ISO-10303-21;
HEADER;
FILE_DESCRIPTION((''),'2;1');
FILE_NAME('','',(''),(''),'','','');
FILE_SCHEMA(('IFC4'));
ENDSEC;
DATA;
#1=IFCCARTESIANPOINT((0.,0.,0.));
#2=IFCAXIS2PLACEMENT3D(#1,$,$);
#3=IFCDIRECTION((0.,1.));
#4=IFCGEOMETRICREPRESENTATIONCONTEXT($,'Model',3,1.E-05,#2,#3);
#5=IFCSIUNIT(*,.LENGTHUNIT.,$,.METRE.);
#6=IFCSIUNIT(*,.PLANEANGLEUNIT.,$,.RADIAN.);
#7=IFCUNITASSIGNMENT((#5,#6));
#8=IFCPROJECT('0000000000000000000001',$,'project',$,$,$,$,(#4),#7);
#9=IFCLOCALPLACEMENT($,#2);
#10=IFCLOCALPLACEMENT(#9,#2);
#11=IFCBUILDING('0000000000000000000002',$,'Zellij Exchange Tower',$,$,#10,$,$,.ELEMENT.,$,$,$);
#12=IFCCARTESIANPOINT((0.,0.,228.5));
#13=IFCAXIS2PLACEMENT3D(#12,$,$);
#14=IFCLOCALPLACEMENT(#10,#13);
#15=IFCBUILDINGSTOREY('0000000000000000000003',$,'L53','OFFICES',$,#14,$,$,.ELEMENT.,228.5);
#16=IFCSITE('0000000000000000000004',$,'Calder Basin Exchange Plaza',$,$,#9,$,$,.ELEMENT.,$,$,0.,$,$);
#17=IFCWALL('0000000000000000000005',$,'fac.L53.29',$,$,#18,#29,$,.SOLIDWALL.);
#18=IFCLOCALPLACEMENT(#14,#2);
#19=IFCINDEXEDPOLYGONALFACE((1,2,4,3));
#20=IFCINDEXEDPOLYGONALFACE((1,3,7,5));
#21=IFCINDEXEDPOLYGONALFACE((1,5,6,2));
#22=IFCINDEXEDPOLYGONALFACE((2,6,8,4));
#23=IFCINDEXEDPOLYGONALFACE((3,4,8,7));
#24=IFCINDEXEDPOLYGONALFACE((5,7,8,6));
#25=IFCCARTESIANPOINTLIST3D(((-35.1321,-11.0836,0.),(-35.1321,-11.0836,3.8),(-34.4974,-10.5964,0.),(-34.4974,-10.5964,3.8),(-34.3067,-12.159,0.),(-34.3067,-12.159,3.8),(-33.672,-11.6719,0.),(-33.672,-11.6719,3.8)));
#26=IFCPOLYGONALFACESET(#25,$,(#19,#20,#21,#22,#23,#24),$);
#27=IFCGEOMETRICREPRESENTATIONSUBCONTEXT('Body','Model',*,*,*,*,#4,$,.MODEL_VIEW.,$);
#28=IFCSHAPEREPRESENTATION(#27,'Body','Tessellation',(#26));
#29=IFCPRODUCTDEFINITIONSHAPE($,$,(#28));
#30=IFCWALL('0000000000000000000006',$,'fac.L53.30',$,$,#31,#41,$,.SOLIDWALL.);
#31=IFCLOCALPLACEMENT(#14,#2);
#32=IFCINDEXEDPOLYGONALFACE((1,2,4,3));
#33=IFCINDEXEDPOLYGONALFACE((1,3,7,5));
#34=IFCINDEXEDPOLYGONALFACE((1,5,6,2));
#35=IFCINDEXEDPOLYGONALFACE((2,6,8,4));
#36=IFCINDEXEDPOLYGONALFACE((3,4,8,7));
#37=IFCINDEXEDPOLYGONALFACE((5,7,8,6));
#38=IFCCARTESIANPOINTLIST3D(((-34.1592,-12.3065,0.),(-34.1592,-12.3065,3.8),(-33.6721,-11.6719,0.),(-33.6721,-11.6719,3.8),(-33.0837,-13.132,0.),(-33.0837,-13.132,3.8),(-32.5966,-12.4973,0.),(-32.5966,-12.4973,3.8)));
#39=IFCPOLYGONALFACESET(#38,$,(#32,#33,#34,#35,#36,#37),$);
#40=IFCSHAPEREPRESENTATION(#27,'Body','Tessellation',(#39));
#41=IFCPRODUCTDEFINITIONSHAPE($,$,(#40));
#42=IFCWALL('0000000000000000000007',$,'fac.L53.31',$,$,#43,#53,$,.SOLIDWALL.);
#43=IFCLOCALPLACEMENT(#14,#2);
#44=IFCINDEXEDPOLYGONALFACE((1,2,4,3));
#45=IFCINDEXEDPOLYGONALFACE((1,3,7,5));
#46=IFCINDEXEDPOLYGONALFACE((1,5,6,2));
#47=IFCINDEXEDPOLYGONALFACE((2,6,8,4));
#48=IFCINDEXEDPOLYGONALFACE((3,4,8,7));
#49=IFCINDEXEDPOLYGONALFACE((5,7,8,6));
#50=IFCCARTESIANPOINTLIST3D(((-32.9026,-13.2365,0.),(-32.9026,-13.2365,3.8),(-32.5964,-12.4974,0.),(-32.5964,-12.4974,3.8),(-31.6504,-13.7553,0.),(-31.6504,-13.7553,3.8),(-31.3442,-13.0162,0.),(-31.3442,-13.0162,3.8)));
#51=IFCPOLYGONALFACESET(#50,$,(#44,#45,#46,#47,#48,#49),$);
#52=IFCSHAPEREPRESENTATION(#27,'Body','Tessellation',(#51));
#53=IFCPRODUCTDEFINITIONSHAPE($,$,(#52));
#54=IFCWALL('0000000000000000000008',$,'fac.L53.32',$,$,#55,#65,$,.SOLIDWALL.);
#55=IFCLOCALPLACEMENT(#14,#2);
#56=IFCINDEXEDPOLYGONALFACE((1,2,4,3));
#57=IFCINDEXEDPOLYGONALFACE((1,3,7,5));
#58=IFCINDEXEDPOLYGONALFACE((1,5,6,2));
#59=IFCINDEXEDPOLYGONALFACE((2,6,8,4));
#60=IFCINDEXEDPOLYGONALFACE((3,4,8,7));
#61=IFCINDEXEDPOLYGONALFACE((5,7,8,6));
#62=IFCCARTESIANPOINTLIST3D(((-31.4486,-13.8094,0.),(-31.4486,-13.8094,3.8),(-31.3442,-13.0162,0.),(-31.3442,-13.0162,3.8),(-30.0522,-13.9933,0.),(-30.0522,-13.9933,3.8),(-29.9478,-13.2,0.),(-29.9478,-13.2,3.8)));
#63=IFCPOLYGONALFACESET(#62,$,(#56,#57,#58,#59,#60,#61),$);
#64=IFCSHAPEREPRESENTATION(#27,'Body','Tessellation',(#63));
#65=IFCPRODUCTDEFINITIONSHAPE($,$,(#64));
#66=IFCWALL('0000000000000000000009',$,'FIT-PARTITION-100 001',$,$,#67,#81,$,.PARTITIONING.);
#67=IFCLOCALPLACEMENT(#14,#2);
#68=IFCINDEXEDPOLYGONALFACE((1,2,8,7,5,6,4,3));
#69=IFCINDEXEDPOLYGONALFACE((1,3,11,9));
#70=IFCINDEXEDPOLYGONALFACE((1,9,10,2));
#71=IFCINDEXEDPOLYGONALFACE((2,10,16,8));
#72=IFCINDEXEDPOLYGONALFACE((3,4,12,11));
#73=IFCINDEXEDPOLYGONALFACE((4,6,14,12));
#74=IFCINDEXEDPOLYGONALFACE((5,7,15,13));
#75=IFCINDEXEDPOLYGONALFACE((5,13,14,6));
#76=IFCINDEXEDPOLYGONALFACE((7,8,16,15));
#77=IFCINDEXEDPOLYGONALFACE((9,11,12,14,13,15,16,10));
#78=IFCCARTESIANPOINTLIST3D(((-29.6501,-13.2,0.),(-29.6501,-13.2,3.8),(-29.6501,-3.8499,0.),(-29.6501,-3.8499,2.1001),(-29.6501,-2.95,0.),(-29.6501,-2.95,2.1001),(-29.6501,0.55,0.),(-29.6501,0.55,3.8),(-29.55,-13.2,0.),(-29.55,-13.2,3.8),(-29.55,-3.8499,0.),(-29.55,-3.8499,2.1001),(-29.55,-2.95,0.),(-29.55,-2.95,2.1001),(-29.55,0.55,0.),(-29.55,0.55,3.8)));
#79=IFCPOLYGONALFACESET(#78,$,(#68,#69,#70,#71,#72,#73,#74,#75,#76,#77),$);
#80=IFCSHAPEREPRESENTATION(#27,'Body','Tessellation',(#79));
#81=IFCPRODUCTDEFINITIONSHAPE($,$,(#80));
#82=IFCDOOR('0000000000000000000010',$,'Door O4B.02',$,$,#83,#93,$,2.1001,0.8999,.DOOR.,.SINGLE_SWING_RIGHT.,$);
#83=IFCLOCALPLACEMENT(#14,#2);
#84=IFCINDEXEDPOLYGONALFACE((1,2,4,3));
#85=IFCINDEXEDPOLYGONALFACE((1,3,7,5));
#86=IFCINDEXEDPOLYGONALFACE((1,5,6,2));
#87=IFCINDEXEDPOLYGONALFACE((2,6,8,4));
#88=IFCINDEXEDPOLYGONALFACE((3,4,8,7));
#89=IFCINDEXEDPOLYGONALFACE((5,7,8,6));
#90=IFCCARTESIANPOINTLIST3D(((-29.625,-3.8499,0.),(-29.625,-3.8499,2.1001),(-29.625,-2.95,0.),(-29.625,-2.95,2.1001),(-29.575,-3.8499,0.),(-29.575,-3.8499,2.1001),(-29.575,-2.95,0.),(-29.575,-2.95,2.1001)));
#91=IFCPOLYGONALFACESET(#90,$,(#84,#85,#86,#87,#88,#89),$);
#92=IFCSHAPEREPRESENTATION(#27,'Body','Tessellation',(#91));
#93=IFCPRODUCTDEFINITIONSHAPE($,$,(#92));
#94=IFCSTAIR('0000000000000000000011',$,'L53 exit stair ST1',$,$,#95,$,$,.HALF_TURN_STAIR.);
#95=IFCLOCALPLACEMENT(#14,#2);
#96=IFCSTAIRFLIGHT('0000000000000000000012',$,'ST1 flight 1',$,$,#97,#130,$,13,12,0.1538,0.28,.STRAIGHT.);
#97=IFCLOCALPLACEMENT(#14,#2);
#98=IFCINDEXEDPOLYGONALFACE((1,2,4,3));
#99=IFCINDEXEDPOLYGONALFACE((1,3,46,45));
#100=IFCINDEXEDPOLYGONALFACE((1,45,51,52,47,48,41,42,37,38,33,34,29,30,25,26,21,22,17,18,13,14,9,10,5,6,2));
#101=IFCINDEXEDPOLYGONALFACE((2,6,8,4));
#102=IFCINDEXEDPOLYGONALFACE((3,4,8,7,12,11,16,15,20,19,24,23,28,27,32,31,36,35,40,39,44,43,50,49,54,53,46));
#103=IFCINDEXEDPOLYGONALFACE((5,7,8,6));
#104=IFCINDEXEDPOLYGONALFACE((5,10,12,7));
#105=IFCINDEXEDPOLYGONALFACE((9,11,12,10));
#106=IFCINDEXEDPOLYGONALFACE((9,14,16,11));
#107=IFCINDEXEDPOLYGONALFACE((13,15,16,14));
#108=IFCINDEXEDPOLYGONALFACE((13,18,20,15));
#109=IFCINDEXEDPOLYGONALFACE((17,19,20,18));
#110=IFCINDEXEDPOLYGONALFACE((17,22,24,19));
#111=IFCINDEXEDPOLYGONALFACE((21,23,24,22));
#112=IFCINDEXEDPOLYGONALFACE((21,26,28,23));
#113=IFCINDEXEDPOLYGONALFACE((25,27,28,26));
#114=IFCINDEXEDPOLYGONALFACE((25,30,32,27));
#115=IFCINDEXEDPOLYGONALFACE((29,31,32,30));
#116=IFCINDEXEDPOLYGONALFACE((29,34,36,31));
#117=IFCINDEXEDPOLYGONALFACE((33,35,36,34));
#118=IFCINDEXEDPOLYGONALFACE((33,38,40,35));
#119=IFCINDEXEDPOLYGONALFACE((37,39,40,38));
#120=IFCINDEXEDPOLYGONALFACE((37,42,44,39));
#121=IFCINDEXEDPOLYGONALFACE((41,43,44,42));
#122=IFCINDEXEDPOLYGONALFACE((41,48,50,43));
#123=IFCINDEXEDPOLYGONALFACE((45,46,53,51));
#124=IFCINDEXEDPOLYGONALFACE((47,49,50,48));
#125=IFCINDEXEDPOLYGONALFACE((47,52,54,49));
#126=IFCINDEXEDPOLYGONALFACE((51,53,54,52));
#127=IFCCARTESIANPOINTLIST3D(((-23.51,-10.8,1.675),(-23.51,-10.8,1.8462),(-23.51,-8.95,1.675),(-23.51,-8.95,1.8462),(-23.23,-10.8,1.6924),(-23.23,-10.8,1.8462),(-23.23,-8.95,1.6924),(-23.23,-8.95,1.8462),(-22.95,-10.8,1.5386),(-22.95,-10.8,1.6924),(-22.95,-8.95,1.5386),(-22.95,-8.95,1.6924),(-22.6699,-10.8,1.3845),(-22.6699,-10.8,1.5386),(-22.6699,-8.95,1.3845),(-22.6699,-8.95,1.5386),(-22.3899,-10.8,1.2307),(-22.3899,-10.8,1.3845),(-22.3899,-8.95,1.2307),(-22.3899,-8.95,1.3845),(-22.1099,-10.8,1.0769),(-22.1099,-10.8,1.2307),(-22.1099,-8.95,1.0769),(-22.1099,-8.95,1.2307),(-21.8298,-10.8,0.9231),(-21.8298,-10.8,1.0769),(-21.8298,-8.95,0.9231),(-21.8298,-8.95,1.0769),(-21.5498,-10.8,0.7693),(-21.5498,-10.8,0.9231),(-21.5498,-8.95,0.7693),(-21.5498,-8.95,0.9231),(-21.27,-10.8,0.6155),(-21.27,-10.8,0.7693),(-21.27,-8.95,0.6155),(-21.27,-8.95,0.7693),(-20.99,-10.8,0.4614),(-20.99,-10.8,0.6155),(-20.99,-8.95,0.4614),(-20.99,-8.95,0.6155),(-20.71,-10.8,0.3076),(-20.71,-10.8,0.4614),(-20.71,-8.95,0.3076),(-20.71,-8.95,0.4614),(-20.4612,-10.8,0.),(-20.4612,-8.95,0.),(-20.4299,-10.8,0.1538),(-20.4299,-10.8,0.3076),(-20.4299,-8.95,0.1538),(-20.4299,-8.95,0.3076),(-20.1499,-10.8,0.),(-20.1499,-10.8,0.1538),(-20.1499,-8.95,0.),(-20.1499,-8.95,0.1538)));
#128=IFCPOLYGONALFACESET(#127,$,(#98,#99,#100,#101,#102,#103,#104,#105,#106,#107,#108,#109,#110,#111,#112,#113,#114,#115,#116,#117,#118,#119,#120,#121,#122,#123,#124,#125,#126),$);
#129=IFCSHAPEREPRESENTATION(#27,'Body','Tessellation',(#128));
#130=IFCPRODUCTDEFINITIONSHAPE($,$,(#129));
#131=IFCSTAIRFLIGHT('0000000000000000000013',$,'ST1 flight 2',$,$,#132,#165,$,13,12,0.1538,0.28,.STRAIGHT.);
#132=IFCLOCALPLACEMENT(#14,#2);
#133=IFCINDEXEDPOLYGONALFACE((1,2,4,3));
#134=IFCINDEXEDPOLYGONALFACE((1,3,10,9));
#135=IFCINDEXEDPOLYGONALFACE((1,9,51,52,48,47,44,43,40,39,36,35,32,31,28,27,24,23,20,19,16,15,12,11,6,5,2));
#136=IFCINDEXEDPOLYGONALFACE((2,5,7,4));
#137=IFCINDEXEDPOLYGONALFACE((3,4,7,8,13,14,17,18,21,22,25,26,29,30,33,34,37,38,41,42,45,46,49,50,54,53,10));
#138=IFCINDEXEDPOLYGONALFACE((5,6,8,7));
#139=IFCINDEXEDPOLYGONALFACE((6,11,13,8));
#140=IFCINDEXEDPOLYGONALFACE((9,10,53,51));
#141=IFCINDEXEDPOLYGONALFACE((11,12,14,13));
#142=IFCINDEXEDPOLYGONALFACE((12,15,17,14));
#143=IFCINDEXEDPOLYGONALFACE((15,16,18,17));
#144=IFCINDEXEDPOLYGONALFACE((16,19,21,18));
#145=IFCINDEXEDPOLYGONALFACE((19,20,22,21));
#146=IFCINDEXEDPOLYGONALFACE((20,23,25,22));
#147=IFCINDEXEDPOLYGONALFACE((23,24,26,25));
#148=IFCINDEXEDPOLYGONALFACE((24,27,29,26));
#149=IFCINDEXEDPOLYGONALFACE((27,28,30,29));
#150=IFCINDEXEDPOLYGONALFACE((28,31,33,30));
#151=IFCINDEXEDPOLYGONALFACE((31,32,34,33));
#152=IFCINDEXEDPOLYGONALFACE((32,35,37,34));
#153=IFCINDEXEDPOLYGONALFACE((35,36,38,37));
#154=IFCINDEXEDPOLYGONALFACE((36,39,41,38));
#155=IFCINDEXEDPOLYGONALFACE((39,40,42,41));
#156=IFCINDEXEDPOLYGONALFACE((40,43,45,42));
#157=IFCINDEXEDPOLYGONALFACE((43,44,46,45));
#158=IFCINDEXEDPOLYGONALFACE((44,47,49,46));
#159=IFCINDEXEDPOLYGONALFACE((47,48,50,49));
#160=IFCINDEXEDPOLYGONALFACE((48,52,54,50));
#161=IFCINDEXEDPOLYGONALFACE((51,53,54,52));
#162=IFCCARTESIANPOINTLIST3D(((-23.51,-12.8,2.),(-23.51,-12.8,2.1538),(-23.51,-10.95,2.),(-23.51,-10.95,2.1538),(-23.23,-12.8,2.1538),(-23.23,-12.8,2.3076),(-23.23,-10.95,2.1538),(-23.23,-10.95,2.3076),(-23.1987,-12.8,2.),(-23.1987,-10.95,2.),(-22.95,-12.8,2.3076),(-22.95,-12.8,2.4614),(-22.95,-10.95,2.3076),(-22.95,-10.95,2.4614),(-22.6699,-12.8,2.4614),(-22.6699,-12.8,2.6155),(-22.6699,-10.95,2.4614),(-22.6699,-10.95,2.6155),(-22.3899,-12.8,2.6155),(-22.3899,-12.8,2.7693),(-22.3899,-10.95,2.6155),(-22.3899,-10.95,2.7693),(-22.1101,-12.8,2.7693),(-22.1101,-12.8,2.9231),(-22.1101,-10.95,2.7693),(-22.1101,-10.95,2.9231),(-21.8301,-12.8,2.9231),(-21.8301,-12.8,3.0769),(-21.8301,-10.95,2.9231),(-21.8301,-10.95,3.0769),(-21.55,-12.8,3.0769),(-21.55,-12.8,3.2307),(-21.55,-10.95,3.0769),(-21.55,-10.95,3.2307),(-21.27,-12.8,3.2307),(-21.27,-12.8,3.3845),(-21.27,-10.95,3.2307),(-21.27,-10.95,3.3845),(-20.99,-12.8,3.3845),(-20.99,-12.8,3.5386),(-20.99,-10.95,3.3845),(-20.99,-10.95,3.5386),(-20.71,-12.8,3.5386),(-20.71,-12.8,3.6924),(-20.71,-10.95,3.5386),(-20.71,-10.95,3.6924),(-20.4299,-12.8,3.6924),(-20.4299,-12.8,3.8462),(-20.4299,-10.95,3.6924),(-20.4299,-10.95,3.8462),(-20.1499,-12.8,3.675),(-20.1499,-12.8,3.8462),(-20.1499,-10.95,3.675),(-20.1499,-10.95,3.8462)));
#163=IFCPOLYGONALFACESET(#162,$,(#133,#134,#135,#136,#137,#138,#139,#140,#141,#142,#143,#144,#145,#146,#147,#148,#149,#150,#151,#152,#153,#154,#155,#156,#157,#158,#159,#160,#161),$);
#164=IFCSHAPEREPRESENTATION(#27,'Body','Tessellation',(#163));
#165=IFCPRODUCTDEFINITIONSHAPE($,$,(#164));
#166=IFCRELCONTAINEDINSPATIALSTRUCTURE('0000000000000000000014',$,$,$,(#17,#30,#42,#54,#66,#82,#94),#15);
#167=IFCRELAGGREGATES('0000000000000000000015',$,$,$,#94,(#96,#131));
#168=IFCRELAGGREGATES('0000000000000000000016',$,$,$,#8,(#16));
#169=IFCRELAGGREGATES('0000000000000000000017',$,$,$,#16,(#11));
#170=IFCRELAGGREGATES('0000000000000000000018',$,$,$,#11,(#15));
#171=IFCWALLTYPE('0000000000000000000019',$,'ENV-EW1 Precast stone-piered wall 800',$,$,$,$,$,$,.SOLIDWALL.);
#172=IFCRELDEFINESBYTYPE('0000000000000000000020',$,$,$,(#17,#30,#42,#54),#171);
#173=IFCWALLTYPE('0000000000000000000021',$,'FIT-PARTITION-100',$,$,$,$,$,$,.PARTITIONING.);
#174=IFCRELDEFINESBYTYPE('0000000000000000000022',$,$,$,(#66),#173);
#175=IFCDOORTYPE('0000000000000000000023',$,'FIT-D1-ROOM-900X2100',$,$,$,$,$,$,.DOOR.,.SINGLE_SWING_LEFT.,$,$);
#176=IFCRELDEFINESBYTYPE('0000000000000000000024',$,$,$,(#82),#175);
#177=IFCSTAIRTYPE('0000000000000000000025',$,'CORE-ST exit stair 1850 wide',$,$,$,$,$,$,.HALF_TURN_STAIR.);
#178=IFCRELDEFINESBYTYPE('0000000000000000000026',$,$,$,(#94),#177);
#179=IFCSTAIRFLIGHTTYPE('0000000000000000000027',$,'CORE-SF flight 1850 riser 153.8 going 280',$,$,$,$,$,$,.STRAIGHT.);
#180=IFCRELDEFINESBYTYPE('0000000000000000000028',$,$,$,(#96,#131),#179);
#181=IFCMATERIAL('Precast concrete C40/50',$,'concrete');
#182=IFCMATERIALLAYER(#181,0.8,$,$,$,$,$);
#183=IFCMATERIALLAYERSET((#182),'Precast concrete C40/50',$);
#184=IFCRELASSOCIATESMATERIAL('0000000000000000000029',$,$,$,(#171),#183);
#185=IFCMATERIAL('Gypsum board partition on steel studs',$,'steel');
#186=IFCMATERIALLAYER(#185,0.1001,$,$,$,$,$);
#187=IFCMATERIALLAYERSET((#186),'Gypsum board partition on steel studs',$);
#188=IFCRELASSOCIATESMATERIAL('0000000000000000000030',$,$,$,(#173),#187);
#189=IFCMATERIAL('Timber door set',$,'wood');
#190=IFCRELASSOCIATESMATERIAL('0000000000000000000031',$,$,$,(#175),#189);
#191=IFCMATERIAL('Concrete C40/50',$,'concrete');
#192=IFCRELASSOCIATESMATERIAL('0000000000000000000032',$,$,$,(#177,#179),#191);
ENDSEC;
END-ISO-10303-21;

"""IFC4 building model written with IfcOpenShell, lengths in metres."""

from ifc_helpers import new_model, si_unit, direction, frame, frame_2d, origin, place, context, subcontext, project, spatial, polyline, rectangle, outline, extrude, material, layer, layer_set, type_object, element, fill, aggregate, save


model = new_model("IFC4")

# Units and contexts
model_context = context("Model", 3, precision=1e-05, world=origin(), true_north=direction((0.0, 1.0)))
body_context = subcontext(model_context, "Body", "Model", "MODEL_VIEW")
ifc_project = project(units=[si_unit("LENGTHUNIT", "METRE"), si_unit("PLANEANGLEUNIT", "RADIAN")], contexts=[model_context])

# Site, building, storey
site_placement = place(None, origin())
site = spatial("IfcSite", under=ifc_project, at=site_placement, Name="Calder Basin Exchange Plaza", CompositionType="ELEMENT", RefElevation=0.0)
building_placement = place(site_placement, origin())
building = spatial("IfcBuilding", under=site, at=building_placement, Name="Zellij Exchange Tower", CompositionType="ELEMENT")
storey_placement = place(building_placement, frame((0.0, 0.0, 228.5)))
storey = spatial("IfcBuildingStorey", under=building, at=storey_placement, Name="L53", Description="OFFICES", CompositionType="ELEMENT", Elevation=228.5)

# Walls
ifc_material_1 = material(Name="Precast concrete C40/50", Category="concrete")
ifc_layer_1 = layer(ifc_material_1, 0.8)
ifc_layer_set_1 = layer_set([ifc_layer_1], Name="Precast concrete C40/50")
wall_type_1 = type_object("IfcWallType", Name="ENV-EW1 Precast stone-piered wall 800", PredefinedType="SOLIDWALL", material=ifc_layer_set_1)
for number, where, z_axis, x_axis, name in (
    (1, (-34.8147, -10.8401, 0.0), (0.0, 0.0, 1.0), (0.608866, -0.793273, 0.0), "fac.L53.29"),
    (2, (-33.9155, -11.9893, 0.0), (0.0, 0.0, 1.0), (0.793273, -0.608866, 0.0), "fac.L53.30"),
):
    element("IfcWall", number, at=place(storey_placement, frame(where, z_axis=z_axis, x_axis=x_axis)), inside=storey, type_object=wall_type_1, Name=name, PredefinedType="SOLIDWALL", context=body_context, shape_type="SweptSolid", body=[
        extrude(rectangle(XDim=1.3557, YDim=0.8, at=frame_2d((0.6777, 0.0))), origin(), (0.0, 0.0, 1.0), 3.8),
    ])
wall_1_placement = place(storey_placement, frame((-32.7495, -12.8669, 0.0), z_axis=(0.0, 0.0, 1.0), x_axis=(0.923848, -0.38276, 0.0)))
element("IfcWall", 3, at=wall_1_placement, inside=storey, type_object=wall_type_1, Name="fac.L53.31", PredefinedType="SOLIDWALL", context=body_context, shape_type="SweptSolid", body=[
    extrude(rectangle(XDim=1.3555, YDim=0.8, at=frame_2d((0.6777, 0.0))), origin(), (0.0, 0.0, 1.0), 3.8),
])
wall_2_placement = place(storey_placement, frame((-31.3962, -13.4128, 0.0), z_axis=(0.0, 0.0, 1.0), x_axis=(0.991446, -0.130517, 0.0)))
element("IfcWall", 4, at=wall_2_placement, inside=storey, type_object=wall_type_1, Name="fac.L53.32", PredefinedType="SOLIDWALL", context=body_context, shape_type="SweptSolid", body=[
    extrude(rectangle(XDim=1.4084, YDim=0.8, at=frame_2d((0.7041, 0.0))), origin(), (0.0, 0.0, 1.0), 3.8),
])

# Wall, opening, door
ifc_material_2 = material(Name="Gypsum board partition on steel studs", Category="steel")
ifc_layer_2 = layer(ifc_material_2, 0.1001)
ifc_layer_set_2 = layer_set([ifc_layer_2], Name="Gypsum board partition on steel studs")
wall_type_2 = type_object("IfcWallType", Name="FIT-PARTITION-100", PredefinedType="PARTITIONING", material=ifc_layer_set_2)
wall_3_placement = place(storey_placement, frame((-29.6001, -13.2, 0.0), z_axis=(0.0, 0.0, 1.0), x_axis=(0.0, 1.0, 0.0)))
wall_3 = element("IfcWall", 5, at=wall_3_placement, inside=storey, type_object=wall_type_2, Name="FIT-PARTITION-100 001", PredefinedType="PARTITIONING", context=body_context, shape_type="SweptSolid", body=[
    extrude(rectangle(XDim=13.75, YDim=0.1001, at=frame_2d((6.875, 0.0))), origin(), (0.0, 0.0, 1.0), 3.8),
])
opening_1_placement = place(wall_3_placement, frame((9.3501, 0.0, 0.0)))
opening_1 = element("IfcOpeningElement", 6, at=opening_1_placement, cuts=wall_3, PredefinedType="OPENING", context=body_context, shape_type="SweptSolid", body=[
    extrude(rectangle(XDim=0.8999, YDim=2.1001, at=frame_2d((0.45, 1.05))), frame((0.0, 0.062, 0.0), z_axis=(0.0, -1.0, 0.0), x_axis=(1.0, 0.0, 0.0)), (0.0, 0.0, 1.0), 0.124),
])
ifc_material_3 = material(Name="Timber door set", Category="wood")
door_type_1 = type_object("IfcDoorType", Name="FIT-D1-ROOM-900X2100", OperationType="SINGLE_SWING_LEFT", PredefinedType="DOOR", material=ifc_material_3)
door_1_placement = place(opening_1_placement, origin())
door_1 = element("IfcDoor", 7, at=door_1_placement, inside=storey, type_object=door_type_1, Name="Door O4B.02", OperationType="SINGLE_SWING_RIGHT", OverallHeight=2.1001, OverallWidth=0.8999, PredefinedType="DOOR", context=body_context, shape_type="SweptSolid", body=[
    extrude(rectangle(XDim=0.8999, YDim=2.1001, at=frame_2d((0.45, 1.05))), frame((0.0, 0.0249, 0.0), z_axis=(0.0, -1.0, 0.0), x_axis=(1.0, 0.0, 0.0)), (0.0, 0.0, 1.0), 0.05),
])
fill(opening_1, door_1)

# Stair, stair flights
ifc_material_4 = material(Name="Concrete C40/50", Category="concrete")
stair_type = type_object("IfcStairType", Name="CORE-ST exit stair 1850 wide", PredefinedType="HALF_TURN_STAIR", material=ifc_material_4)
stair_placement = place(storey_placement, origin())
stair = element("IfcStair", 8, at=stair_placement, inside=storey, type_object=stair_type, Name="L53 exit stair ST1", PredefinedType="HALF_TURN_STAIR")
stair_flight_type = type_object("IfcStairFlightType", Name="CORE-SF flight 1850 riser 153.8 going 280", PredefinedType="STRAIGHT", material=ifc_material_4)
stair_flight_1_placement = place(storey_placement, frame((-20.1499, -9.875, 0.0), z_axis=(0.0, 0.0, 1.0), x_axis=(-1.0, 0.0, 0.0)))
stair_flight_1 = element("IfcStairFlight", 9, at=stair_flight_1_placement, type_object=stair_flight_type, Name="ST1 flight 1", NumberOfRisers=13, NumberOfTreads=12, PredefinedType="STRAIGHT", RiserHeight=0.1538, TreadLength=0.28, context=body_context, shape_type="SweptSolid", body=[
    extrude(outline(polyline([(0.0, 0.0), (0.0, 0.1538), (0.28, 0.1538), (0.28, 0.3076), (0.5601, 0.3076), (0.5601, 0.4614), (0.8401, 0.4614), (0.8401, 0.6155), (1.1201, 0.6155), (1.1201, 0.7693), (1.3999, 0.7693), (1.3999, 0.9231), (1.6799, 0.9231), (1.6799, 1.0769), (1.96, 1.0769), (1.96, 1.2307), (2.24, 1.2307), (2.24, 1.3845), (2.52, 1.3845), (2.52, 1.5386), (2.8, 1.5386), (2.8, 1.6924), (3.0801, 1.6924), (3.0801, 1.8462), (3.3601, 1.8462), (3.3601, 2.0), (3.3601, 1.675), (0.3113, 0.0), (0.0, 0.0)])), frame((0.0, 0.925, 0.0), z_axis=(0.0, -1.0, 0.0), x_axis=(1.0, 0.0, 0.0)), (0.0, 0.0, 1.0), 1.8501),
])
stair_flight_2_placement = place(storey_placement, frame((-23.51, -11.875, 2.0), z_axis=(0.0, 0.0, 1.0), x_axis=(1.0, 0.0, 0.0)))
stair_flight_2 = element("IfcStairFlight", 10, at=stair_flight_2_placement, type_object=stair_flight_type, Name="ST1 flight 2", NumberOfRisers=13, NumberOfTreads=12, PredefinedType="STRAIGHT", RiserHeight=0.1538, TreadLength=0.28, context=body_context, shape_type="SweptSolid", body=[
    extrude(outline(polyline([(0.0, 0.0), (0.0, 0.1538), (0.28, 0.1538), (0.28, 0.3076), (0.5601, 0.3076), (0.5601, 0.4614), (0.8401, 0.4614), (0.8401, 0.6155), (1.1201, 0.6155), (1.1201, 0.7693), (1.3999, 0.7693), (1.3999, 0.9231), (1.6799, 0.9231), (1.6799, 1.0769), (1.96, 1.0769), (1.96, 1.2307), (2.24, 1.2307), (2.24, 1.3845), (2.52, 1.3845), (2.52, 1.5386), (2.8, 1.5386), (2.8, 1.6924), (3.0801, 1.6924), (3.0801, 1.8462), (3.3601, 1.8462), (3.3601, 2.0), (3.3601, 1.675), (0.3113, 0.0), (0.0, 0.0)])), frame((0.0, 0.925, 0.0), z_axis=(0.0, -1.0, 0.0), x_axis=(1.0, 0.0, 0.0)), (0.0, 0.0, 1.0), 1.8501),
])
aggregate(stair, [stair_flight_1, stair_flight_2])

save(model, "model.ifc")
